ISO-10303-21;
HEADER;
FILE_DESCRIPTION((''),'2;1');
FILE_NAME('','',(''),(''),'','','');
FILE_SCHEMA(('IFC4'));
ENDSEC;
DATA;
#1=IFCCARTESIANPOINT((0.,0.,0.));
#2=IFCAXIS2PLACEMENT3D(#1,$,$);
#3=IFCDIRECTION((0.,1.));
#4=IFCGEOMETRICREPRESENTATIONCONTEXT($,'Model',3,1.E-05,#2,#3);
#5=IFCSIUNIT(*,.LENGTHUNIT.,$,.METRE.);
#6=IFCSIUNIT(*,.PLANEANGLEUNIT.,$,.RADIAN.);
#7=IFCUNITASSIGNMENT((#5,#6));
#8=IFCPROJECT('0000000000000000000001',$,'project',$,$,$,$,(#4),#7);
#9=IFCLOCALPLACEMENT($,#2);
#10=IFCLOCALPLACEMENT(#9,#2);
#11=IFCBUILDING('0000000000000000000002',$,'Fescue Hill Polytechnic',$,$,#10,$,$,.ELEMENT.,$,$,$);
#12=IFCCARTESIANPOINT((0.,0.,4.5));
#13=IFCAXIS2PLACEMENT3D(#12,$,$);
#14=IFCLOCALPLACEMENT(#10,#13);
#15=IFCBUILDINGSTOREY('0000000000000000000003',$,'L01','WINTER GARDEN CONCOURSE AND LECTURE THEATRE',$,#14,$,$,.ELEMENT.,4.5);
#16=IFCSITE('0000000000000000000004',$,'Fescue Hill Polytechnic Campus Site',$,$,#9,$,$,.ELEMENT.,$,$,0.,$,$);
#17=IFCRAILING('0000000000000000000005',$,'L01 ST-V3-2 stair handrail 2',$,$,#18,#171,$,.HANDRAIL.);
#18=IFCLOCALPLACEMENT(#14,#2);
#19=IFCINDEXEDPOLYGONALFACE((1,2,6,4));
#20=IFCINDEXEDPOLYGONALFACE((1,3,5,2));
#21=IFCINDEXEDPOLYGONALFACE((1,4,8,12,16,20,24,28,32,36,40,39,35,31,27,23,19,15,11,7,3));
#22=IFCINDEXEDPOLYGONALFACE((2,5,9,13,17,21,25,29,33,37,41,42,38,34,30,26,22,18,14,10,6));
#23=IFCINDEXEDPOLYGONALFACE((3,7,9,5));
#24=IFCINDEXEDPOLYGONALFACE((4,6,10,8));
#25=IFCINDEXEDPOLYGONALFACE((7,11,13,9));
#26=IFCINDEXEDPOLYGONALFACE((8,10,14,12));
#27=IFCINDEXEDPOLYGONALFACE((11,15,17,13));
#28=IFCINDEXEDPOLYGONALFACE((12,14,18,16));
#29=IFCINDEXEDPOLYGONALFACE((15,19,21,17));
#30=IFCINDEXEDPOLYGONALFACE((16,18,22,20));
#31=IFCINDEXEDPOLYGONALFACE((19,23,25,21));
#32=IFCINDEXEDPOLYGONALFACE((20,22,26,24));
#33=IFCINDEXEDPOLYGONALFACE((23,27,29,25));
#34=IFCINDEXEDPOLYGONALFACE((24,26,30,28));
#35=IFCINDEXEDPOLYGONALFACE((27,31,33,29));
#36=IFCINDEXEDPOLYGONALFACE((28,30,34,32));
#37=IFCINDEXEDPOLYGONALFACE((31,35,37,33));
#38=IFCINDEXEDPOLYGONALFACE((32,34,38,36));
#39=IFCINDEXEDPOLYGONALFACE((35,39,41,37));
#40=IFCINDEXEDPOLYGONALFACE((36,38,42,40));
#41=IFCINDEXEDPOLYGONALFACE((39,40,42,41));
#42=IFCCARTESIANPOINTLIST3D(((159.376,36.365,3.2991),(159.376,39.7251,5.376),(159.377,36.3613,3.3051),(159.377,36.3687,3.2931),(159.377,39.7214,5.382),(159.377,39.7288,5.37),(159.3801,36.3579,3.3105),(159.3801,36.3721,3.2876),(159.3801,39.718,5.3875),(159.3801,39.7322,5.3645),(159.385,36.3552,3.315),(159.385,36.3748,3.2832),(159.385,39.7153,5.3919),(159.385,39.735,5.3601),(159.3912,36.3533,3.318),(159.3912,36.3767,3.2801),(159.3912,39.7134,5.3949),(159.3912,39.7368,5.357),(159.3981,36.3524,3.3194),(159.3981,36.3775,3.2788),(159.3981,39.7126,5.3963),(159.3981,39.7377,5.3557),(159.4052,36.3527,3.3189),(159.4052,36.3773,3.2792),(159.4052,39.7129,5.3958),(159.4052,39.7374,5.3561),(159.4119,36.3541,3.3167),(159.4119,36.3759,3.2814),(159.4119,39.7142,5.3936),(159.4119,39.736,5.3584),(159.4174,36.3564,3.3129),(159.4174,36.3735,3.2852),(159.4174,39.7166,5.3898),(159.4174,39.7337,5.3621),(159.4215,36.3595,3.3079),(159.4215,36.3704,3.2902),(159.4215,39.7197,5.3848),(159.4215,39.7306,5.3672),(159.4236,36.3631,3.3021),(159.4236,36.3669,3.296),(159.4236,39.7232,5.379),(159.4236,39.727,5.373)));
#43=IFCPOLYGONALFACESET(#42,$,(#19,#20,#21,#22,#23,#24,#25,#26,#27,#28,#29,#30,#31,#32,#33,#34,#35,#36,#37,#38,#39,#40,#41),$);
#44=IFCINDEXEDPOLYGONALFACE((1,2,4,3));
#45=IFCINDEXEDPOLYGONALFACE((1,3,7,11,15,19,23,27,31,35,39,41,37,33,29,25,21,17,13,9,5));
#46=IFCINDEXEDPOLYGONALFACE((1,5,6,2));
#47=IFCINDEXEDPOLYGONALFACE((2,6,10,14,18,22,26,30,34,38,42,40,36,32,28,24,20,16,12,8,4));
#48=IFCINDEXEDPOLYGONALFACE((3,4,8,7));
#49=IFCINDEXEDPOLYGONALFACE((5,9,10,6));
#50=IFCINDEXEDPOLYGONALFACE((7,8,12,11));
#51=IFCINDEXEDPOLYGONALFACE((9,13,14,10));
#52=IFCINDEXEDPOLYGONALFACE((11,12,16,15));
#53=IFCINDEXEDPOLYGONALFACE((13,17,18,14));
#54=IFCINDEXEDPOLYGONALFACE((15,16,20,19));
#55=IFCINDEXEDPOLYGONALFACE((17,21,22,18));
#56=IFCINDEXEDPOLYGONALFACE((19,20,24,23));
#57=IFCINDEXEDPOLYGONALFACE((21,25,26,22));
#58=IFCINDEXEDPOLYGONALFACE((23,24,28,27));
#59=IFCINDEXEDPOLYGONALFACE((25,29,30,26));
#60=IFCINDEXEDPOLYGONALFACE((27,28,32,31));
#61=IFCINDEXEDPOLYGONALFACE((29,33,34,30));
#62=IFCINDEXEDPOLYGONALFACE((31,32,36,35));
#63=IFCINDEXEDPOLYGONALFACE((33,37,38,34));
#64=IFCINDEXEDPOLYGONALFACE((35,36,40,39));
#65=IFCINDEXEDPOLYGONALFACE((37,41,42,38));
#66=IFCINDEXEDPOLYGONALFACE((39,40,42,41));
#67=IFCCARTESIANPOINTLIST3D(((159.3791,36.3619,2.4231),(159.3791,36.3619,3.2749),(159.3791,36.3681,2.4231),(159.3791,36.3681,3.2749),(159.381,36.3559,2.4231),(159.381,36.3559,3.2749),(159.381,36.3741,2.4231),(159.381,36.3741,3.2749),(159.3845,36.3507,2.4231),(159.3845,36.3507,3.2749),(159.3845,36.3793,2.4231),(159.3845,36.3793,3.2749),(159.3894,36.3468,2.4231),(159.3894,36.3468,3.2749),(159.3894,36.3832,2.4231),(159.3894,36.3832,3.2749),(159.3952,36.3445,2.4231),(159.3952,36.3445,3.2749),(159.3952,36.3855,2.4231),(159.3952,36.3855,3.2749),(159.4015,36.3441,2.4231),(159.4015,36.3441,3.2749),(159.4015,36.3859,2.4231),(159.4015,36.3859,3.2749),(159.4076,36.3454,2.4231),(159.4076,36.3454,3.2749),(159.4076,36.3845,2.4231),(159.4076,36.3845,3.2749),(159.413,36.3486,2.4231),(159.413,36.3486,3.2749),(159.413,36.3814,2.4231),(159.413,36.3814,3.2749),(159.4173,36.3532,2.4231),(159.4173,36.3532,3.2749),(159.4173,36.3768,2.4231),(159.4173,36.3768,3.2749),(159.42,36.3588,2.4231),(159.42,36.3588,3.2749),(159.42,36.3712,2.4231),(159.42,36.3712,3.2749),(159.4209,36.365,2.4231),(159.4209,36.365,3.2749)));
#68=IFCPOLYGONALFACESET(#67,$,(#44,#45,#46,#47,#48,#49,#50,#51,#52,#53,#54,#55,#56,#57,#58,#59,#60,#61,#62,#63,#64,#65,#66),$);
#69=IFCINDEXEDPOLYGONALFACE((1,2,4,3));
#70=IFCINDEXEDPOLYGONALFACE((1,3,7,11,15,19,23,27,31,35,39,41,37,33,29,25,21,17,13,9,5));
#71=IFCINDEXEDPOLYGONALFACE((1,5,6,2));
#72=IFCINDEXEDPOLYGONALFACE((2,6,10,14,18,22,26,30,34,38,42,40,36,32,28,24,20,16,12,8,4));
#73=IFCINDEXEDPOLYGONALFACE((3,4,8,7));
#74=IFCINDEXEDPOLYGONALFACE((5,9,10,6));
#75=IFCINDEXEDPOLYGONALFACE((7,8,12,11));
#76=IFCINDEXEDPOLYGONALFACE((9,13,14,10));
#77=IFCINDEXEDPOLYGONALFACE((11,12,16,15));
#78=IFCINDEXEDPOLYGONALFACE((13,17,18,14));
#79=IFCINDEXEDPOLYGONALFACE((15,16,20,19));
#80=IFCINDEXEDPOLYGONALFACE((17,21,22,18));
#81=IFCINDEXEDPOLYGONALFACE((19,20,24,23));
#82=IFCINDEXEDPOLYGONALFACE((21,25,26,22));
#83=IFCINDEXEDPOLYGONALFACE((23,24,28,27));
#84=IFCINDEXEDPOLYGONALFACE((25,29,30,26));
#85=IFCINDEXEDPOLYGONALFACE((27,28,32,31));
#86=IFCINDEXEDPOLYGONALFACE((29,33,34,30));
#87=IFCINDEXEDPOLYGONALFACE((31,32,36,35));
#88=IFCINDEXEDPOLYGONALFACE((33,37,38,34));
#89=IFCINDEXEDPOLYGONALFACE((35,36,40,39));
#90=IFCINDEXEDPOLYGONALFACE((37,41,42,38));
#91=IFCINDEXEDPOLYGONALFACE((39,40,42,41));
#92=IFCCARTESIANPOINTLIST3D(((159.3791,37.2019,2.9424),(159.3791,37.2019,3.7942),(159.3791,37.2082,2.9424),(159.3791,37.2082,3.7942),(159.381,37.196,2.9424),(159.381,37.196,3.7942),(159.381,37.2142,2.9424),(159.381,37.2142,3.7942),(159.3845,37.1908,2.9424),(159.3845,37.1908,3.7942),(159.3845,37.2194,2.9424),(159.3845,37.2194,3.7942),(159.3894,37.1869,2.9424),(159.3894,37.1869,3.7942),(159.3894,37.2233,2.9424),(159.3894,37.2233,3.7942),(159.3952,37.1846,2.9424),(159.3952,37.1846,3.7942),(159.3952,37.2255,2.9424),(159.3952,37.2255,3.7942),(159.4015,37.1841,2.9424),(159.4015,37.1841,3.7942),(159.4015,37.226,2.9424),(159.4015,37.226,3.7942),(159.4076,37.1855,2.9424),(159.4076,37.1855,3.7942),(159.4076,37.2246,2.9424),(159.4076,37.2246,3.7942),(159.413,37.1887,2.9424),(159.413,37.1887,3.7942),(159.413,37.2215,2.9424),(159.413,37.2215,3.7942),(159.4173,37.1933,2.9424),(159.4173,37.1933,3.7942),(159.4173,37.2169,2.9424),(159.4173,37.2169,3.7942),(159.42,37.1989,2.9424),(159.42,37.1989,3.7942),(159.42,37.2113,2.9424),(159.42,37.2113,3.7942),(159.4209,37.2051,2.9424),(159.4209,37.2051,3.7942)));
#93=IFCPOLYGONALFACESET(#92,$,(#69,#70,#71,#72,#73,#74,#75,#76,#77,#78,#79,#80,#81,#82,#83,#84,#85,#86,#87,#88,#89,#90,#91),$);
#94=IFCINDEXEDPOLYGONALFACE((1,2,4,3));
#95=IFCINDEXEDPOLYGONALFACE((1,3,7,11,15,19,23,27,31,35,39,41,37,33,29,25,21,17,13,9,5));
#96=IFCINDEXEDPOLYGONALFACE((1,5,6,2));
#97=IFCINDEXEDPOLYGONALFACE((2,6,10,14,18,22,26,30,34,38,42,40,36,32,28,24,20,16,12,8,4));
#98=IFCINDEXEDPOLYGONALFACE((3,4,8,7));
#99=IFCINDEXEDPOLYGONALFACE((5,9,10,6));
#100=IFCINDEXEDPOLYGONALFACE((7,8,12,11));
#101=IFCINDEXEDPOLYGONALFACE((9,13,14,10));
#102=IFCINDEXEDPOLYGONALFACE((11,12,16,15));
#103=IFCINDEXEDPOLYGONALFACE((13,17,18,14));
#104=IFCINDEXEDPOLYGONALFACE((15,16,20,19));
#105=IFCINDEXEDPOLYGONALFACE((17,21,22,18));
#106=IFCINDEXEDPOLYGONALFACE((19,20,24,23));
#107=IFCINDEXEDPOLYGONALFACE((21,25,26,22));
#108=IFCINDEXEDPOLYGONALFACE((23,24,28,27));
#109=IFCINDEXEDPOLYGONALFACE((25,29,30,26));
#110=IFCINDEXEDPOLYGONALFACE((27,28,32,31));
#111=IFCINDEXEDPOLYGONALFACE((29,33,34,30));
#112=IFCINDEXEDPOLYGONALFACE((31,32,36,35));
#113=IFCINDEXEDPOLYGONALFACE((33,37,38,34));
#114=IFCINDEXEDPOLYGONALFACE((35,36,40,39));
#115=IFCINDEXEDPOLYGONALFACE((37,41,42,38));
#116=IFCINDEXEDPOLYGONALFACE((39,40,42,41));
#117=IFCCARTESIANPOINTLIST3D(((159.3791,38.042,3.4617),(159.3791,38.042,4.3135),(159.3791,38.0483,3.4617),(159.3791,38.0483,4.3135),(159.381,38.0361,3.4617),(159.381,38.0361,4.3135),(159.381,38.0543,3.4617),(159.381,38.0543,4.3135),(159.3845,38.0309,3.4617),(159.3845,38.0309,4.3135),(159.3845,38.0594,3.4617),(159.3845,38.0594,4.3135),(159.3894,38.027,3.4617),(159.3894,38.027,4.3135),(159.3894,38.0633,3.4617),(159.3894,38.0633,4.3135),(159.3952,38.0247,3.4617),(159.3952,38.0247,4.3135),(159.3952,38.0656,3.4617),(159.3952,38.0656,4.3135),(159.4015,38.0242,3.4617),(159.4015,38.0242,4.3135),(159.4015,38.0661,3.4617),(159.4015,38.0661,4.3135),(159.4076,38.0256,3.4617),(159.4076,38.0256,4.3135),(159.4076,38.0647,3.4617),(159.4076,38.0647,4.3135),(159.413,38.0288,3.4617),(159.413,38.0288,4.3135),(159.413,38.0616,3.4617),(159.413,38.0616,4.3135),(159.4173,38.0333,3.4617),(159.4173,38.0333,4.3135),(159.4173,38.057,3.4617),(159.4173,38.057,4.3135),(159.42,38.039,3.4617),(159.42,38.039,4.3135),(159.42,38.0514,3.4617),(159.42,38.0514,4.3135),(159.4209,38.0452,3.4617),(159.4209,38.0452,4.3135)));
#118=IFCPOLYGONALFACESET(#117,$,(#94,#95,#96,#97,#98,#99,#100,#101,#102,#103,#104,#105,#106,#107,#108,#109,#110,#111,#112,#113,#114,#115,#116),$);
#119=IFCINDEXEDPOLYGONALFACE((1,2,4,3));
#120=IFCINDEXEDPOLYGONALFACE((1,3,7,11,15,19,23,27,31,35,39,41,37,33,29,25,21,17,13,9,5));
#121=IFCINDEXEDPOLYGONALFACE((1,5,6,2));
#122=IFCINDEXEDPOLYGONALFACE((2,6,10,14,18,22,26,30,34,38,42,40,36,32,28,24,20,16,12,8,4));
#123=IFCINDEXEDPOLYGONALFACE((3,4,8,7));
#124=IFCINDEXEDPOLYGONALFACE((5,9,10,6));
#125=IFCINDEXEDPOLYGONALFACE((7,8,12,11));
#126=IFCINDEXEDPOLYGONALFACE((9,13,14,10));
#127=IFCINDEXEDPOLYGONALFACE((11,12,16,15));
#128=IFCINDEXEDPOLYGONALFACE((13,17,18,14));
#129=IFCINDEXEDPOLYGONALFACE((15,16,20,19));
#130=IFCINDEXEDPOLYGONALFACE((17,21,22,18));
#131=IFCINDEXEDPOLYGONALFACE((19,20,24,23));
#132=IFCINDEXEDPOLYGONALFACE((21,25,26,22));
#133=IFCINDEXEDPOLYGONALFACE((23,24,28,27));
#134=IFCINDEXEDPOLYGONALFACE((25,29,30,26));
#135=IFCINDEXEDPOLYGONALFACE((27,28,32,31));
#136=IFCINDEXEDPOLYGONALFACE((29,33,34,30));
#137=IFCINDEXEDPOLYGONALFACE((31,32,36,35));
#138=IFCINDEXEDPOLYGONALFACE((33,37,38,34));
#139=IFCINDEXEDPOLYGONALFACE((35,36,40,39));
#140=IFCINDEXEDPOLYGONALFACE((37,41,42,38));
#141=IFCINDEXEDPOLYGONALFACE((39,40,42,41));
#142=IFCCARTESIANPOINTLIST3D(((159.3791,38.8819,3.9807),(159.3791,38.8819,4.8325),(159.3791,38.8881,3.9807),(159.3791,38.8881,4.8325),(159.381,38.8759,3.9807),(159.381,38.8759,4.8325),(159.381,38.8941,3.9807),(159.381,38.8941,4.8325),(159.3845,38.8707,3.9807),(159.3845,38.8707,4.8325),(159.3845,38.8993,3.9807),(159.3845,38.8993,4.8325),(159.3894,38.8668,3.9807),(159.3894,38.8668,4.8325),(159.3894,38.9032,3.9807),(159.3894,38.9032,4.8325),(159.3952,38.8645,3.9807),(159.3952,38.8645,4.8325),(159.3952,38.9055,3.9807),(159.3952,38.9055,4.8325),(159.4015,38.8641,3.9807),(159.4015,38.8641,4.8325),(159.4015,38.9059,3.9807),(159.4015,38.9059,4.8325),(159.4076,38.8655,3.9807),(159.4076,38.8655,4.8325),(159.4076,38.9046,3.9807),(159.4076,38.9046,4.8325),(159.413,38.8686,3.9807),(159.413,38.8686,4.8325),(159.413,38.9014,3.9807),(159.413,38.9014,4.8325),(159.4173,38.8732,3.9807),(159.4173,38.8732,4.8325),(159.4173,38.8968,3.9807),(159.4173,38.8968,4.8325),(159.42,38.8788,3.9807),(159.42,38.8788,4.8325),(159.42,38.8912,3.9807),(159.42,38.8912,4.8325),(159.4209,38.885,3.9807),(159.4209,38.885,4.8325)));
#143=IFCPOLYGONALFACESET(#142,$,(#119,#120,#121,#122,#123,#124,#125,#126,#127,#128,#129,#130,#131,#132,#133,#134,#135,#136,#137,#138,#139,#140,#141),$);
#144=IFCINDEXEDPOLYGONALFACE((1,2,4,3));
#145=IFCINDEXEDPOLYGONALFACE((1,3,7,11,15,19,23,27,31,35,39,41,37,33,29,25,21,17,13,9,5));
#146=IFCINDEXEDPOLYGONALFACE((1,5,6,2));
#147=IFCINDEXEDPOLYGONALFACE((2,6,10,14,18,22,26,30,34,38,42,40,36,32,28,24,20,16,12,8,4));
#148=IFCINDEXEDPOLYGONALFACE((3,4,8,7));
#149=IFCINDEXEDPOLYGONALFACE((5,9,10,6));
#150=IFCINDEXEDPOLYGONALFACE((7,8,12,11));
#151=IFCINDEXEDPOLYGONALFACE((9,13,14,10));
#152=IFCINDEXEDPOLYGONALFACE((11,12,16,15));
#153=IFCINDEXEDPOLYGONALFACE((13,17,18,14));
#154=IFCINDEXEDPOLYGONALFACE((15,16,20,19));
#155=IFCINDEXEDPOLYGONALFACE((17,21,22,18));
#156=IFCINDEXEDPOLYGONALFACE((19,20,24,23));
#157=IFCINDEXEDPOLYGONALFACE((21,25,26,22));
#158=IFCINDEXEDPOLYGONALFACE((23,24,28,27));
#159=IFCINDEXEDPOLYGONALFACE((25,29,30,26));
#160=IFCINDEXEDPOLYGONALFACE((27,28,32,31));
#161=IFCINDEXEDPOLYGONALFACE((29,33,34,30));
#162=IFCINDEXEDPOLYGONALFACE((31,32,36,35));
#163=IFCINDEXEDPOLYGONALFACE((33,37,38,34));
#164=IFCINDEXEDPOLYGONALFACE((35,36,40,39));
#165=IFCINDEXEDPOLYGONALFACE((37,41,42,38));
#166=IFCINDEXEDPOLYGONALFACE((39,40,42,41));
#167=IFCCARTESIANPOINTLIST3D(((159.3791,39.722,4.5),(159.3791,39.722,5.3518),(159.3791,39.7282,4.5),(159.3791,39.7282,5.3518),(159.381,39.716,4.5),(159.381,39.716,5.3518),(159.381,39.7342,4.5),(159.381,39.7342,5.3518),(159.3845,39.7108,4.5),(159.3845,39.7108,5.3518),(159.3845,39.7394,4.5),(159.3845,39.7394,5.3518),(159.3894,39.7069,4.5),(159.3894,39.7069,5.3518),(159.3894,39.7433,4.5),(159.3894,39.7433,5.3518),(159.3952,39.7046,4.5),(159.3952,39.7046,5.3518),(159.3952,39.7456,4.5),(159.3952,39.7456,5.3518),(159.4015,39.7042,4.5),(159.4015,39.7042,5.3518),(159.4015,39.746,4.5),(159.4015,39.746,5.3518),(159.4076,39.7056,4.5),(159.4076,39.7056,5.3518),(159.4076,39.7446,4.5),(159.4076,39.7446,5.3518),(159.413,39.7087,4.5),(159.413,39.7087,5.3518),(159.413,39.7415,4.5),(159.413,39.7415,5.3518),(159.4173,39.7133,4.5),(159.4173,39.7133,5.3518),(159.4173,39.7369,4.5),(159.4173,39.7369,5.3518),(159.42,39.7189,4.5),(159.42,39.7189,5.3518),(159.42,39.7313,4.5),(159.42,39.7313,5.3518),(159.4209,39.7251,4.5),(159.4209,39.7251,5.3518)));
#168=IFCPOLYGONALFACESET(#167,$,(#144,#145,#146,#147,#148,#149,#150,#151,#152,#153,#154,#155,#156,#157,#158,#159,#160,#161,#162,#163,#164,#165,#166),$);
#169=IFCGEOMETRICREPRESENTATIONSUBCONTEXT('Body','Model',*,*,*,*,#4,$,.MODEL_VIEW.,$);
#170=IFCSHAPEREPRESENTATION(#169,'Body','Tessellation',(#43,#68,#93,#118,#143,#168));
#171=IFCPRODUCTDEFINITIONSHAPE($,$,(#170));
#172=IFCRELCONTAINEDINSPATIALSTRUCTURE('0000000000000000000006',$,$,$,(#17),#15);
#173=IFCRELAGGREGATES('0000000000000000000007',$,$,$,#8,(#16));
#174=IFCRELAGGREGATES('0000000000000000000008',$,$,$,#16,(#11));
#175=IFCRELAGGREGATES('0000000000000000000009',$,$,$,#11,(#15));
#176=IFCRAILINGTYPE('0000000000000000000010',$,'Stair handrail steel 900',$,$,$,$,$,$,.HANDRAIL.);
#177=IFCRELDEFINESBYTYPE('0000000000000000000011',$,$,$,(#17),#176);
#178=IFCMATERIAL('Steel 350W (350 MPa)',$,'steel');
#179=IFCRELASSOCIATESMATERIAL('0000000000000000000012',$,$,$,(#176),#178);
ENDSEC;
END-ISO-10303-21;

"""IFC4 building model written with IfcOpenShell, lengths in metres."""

from ifc_helpers import new_model, si_unit, direction, frame, origin, origin_2d, place, context, subcontext, project, spatial, circle, extrude, material, type_object, element, save


model = new_model("IFC4")

# Units and contexts
model_context = context("Model", 3, precision=1e-05, world=origin(), true_north=direction((0.0, 1.0)))
body_context = subcontext(model_context, "Body", "Model", "MODEL_VIEW")
ifc_project = project(units=[si_unit("LENGTHUNIT", "METRE"), si_unit("PLANEANGLEUNIT", "RADIAN")], contexts=[model_context])

# Site, building, storey
site_placement = place(None, origin())
site = spatial("IfcSite", under=ifc_project, at=site_placement, Name="Fescue Hill Polytechnic Campus Site", CompositionType="ELEMENT", RefElevation=0.0)
building_placement = place(site_placement, origin())
building = spatial("IfcBuilding", under=site, at=building_placement, Name="Fescue Hill Polytechnic", CompositionType="ELEMENT")
storey_placement = place(building_placement, frame((0.0, 0.0, 4.5)))
storey = spatial("IfcBuildingStorey", under=building, at=storey_placement, Name="L01", Description="WINTER GARDEN CONCOURSE AND LECTURE THEATRE", CompositionType="ELEMENT", Elevation=4.5)

# Railing
ifc_material_1 = material(Name="Steel 350W (350 MPa)", Category="steel")
railing_type_1 = type_object("IfcRailingType", Name="Stair handrail steel 900", PredefinedType="HANDRAIL", material=ifc_material_1)
for number, where, name in (
    (1, (159.3999, 36.365, 2.4231), "L01 ST-V3-2 stair handrail 2"),
):
    element("IfcRailing", number, at=place(storey_placement, frame(where)), inside=storey, type_object=railing_type_1, Name=name, PredefinedType="HANDRAIL", context=body_context, shape_type="SweptSolid", body=[
        extrude(circle(Radius=0.0239, at=origin_2d()), frame((0.0, 0.0, 0.876), z_axis=(0.0, 0.850623, 0.525776), x_axis=(-1.0, 0.0, 0.0)), (0.0, 0.0, 1.0), 3.9502),
        extrude(circle(Radius=0.021, at=origin_2d()), origin(), (0.0, 0.0, 1.0), 0.8518),
        extrude(circle(Radius=0.021, at=origin_2d()), frame((0.0, 0.8401, 0.5193)), (0.0, 0.0, 1.0), 0.8518),
        extrude(circle(Radius=0.021, at=origin_2d()), frame((0.0, 1.6802, 1.0386)), (0.0, 0.0, 1.0), 0.8518),
        extrude(circle(Radius=0.021, at=origin_2d()), frame((0.0, 2.52, 1.5576)), (0.0, 0.0, 1.0), 0.8518),
        extrude(circle(Radius=0.021, at=origin_2d()), frame((0.0, 3.3601, 2.0769)), (0.0, 0.0, 1.0), 0.8518),
    ])

save(model, "model.ifc")
